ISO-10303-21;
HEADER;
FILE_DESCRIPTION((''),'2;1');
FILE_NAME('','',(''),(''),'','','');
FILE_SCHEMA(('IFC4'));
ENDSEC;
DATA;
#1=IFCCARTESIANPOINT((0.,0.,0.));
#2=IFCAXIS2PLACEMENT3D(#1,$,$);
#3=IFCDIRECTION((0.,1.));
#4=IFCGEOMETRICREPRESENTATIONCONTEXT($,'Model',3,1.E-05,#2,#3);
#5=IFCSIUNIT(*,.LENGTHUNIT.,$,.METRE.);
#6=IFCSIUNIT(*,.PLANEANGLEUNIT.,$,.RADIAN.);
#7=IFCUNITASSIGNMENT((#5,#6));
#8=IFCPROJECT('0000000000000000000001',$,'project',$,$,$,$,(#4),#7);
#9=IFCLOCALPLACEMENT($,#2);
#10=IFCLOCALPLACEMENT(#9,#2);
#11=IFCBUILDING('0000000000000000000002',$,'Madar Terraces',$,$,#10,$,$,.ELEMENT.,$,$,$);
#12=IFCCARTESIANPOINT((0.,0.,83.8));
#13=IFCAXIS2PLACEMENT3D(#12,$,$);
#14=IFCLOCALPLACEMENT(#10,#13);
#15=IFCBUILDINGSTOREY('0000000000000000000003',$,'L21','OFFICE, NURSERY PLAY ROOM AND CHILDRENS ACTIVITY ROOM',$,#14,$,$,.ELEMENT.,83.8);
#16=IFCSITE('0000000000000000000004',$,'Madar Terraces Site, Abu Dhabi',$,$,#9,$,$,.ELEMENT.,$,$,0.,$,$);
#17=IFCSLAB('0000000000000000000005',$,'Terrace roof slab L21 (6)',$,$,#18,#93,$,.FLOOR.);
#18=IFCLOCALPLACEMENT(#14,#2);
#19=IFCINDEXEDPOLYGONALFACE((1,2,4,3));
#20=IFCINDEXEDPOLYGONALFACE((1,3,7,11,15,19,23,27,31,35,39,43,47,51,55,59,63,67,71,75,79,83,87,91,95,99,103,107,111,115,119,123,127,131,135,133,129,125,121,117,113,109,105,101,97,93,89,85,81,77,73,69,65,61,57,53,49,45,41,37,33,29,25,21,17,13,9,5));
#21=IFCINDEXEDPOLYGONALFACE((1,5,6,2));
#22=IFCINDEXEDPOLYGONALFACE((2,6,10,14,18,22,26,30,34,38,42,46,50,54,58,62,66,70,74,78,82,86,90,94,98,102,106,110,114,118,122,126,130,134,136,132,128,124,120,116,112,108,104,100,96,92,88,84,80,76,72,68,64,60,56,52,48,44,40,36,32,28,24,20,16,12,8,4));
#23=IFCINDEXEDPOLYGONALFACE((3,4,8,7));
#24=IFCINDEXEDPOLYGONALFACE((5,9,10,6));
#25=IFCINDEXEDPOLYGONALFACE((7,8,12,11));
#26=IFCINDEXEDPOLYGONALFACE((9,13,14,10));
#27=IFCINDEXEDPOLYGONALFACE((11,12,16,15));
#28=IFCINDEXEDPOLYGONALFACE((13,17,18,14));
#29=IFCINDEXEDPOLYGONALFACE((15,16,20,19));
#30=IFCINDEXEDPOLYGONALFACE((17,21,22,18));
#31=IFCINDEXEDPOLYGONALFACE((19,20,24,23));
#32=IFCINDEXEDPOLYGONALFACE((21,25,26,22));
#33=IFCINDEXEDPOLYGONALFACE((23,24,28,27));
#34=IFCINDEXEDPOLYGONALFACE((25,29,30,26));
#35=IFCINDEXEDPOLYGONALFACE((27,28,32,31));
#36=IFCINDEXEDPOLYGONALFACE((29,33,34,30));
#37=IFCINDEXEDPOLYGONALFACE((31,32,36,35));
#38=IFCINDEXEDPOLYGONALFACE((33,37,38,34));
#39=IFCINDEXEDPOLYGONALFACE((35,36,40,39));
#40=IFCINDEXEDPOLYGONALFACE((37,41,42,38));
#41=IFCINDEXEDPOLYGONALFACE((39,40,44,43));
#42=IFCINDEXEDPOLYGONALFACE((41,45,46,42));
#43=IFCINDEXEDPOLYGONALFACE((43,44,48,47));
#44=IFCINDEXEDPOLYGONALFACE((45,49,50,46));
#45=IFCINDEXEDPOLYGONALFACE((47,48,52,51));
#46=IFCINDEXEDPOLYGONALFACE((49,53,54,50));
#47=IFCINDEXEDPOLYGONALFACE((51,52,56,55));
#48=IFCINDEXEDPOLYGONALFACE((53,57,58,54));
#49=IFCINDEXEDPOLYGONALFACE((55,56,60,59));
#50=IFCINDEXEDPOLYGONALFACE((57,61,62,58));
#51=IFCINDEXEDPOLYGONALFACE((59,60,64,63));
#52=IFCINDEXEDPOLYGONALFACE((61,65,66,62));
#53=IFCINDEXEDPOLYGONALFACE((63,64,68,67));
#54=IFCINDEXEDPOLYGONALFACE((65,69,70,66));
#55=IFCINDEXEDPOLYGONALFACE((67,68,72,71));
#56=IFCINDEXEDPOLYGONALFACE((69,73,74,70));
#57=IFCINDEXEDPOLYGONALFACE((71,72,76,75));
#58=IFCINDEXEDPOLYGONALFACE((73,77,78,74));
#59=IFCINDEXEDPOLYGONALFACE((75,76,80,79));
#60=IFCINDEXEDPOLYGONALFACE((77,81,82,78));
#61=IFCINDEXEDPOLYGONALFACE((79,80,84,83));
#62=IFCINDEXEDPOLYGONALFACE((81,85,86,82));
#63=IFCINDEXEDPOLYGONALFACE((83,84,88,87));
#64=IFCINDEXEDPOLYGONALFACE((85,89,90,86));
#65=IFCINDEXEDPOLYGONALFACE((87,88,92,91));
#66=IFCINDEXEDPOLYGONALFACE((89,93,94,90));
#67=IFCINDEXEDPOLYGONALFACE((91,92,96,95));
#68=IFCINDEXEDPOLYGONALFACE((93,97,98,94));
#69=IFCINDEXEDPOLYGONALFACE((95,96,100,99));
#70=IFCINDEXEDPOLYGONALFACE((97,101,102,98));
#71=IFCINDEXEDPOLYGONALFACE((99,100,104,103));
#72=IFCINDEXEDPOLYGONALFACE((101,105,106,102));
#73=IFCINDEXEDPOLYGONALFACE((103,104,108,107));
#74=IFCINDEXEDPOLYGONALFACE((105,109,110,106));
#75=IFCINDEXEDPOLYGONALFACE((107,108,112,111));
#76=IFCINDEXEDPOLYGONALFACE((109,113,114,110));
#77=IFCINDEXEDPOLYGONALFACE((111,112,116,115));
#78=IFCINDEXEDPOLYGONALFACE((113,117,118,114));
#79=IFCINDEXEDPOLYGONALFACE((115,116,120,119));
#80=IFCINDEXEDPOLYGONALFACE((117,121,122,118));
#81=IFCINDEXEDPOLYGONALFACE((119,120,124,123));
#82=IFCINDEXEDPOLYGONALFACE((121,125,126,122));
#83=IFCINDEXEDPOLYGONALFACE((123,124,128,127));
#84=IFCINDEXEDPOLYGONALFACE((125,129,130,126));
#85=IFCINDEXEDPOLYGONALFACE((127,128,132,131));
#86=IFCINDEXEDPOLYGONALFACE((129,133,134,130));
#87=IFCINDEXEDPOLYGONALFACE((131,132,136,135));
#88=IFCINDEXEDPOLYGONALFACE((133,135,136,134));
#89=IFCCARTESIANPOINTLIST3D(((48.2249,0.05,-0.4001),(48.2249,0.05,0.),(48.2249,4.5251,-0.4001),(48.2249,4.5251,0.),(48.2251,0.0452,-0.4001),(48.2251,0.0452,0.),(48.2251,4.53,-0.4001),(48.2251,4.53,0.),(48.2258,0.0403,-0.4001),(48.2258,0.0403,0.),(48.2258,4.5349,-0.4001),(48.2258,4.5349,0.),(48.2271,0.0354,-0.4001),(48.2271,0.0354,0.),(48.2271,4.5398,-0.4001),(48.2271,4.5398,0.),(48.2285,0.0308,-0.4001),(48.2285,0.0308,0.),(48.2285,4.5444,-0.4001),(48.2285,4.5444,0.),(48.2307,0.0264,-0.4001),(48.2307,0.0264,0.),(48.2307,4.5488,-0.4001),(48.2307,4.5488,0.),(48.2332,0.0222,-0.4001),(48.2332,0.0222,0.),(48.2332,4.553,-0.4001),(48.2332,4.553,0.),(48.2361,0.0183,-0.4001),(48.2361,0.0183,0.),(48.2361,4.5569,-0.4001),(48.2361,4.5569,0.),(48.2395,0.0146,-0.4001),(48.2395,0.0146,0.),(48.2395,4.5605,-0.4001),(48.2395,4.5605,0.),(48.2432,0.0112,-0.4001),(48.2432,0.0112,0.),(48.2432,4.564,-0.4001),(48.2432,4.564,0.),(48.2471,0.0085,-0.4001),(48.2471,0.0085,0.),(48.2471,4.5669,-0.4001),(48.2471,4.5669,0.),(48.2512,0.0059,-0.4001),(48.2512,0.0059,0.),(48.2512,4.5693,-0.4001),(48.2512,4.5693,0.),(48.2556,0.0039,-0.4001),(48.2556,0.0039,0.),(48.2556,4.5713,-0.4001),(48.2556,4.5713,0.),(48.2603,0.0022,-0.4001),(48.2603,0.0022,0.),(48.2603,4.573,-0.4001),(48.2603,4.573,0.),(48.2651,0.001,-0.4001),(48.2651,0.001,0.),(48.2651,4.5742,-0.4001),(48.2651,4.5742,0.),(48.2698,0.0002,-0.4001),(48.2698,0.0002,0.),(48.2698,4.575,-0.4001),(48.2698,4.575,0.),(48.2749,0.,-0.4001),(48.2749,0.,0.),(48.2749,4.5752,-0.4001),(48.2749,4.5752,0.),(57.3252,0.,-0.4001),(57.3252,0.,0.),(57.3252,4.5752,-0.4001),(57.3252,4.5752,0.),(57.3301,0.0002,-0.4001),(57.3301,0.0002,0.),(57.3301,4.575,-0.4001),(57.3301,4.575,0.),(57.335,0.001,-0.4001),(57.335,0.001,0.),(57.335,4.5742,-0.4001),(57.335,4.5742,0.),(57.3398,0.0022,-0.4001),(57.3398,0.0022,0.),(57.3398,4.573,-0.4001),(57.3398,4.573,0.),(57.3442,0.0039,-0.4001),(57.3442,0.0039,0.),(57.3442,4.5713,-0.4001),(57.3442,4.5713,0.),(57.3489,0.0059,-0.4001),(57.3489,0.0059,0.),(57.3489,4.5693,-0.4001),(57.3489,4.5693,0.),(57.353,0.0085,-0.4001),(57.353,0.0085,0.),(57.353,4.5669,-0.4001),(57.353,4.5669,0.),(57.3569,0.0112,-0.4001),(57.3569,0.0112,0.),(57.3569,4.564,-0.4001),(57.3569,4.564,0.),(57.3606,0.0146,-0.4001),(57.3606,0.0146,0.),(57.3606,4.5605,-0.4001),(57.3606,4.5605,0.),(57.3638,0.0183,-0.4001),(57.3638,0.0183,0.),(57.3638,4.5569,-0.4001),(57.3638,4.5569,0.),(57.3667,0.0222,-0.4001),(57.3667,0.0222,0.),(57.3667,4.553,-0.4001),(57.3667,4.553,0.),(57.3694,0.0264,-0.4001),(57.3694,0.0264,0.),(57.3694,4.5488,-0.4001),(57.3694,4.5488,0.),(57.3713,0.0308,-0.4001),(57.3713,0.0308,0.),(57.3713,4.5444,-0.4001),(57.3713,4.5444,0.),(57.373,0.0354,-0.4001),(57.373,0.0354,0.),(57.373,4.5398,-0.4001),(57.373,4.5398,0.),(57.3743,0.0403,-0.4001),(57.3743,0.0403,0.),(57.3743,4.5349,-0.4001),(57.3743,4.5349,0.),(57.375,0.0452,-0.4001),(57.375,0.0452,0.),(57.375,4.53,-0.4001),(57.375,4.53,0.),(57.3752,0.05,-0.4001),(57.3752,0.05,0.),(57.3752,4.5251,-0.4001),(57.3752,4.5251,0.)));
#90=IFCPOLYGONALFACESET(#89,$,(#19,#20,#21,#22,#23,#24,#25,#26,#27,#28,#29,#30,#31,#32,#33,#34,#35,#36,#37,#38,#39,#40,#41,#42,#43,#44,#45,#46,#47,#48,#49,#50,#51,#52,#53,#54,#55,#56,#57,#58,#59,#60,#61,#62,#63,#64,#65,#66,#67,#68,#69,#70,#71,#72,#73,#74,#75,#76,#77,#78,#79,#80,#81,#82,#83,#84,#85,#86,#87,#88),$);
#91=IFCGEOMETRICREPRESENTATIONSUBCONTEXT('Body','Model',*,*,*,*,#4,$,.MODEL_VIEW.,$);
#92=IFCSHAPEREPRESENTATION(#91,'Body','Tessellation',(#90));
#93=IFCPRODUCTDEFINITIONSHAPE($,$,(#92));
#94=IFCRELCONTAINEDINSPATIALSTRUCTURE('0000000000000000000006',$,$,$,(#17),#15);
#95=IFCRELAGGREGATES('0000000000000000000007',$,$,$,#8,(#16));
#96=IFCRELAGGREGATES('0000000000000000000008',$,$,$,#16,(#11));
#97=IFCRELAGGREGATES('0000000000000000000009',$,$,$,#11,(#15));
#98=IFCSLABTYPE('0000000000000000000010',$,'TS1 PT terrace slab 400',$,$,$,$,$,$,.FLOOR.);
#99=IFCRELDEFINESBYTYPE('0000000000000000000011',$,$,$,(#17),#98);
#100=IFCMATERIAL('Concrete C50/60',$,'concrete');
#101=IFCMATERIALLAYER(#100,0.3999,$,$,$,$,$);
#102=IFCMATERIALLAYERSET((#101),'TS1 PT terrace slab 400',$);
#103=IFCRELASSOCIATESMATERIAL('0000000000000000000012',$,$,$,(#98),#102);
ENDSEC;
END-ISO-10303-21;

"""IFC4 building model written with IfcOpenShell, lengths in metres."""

from ifc_helpers import new_model, si_unit, direction, frame, origin, place, context, subcontext, project, spatial, polyline, outline, extrude, material, layer, layer_set, type_object, element, save


model = new_model("IFC4")

# Units and contexts
model_context = context("Model", 3, precision=1e-05, world=origin(), true_north=direction((0.0, 1.0)))
body_context = subcontext(model_context, "Body", "Model", "MODEL_VIEW")
ifc_project = project(units=[si_unit("LENGTHUNIT", "METRE"), si_unit("PLANEANGLEUNIT", "RADIAN")], contexts=[model_context])

# Site, building, storey
site_placement = place(None, origin())
site = spatial("IfcSite", under=ifc_project, at=site_placement, Name="Madar Terraces Site, Abu Dhabi", CompositionType="ELEMENT", RefElevation=0.0)
building_placement = place(site_placement, origin())
building = spatial("IfcBuilding", under=site, at=building_placement, Name="Madar Terraces", CompositionType="ELEMENT")
storey_placement = place(building_placement, frame((0.0, 0.0, 83.8)))
storey = spatial("IfcBuildingStorey", under=building, at=storey_placement, Name="L21", Description="OFFICE, NURSERY PLAY ROOM AND CHILDRENS ACTIVITY ROOM", CompositionType="ELEMENT", Elevation=83.8)

# Slab
ifc_material_1 = material(Name="Concrete C50/60", Category="concrete")
ifc_layer_1 = layer(ifc_material_1, 0.3999)
ifc_layer_set_1 = layer_set([ifc_layer_1], Name="TS1 PT terrace slab 400")
slab_type_1 = type_object("IfcSlabType", Name="TS1 PT terrace slab 400", PredefinedType="FLOOR", material=ifc_layer_set_1)
slab_1_placement = place(storey_placement, frame((0.0, 0.0, -0.4001)))
element("IfcSlab", 1, at=slab_1_placement, inside=storey, type_object=slab_type_1, Name="Terrace roof slab L21 (6)", PredefinedType="FLOOR", context=body_context, shape_type="SweptSolid", body=[
    extrude(outline(polyline([(48.2651, 0.001), (48.2698, 0.0002), (48.2749, 0.0), (57.3252, 0.0), (57.3301, 0.0002), (57.335, 0.001), (57.3398, 0.0022), (57.3442, 0.0039), (57.3489, 0.0059), (57.353, 0.0085), (57.3569, 0.0112), (57.3606, 0.0146), (57.3638, 0.0183), (57.3667, 0.0222), (57.3694, 0.0264), (57.3713, 0.0308), (57.373, 0.0354), (57.3743, 0.0403), (57.375, 0.0452), (57.3752, 0.05), (57.3752, 4.5251), (57.375, 4.53), (57.3743, 4.5349), (57.373, 4.5398), (57.3713, 4.5444), (57.3694, 4.5488), (57.3667, 4.553), (57.3638, 4.5569), (57.3606, 4.5605), (57.3569, 4.564), (57.353, 4.5669), (57.3489, 4.5693), (57.3442, 4.5713), (57.3398, 4.573), (57.335, 4.5742), (57.3301, 4.575), (57.3252, 4.5752), (48.2749, 4.5752), (48.2698, 4.575), (48.2651, 4.5742), (48.2603, 4.573), (48.2556, 4.5713), (48.2512, 4.5693), (48.2471, 4.5669), (48.2432, 4.564), (48.2395, 4.5605), (48.2361, 4.5569), (48.2332, 4.553), (48.2307, 4.5488), (48.2285, 4.5444), (48.2271, 4.5398), (48.2258, 4.5349), (48.2251, 4.53), (48.2249, 4.5251), (48.2249, 0.05), (48.2251, 0.0452), (48.2258, 0.0403), (48.2271, 0.0354), (48.2285, 0.0308), (48.2307, 0.0264), (48.2332, 0.0222), (48.2361, 0.0183), (48.2395, 0.0146), (48.2432, 0.0112), (48.2471, 0.0085), (48.2512, 0.0059), (48.2556, 0.0039), (48.2603, 0.0022), (48.2651, 0.001)])), origin(), (0.0, 0.0, 1.0), 0.4001),
])

save(model, "model.ifc")
